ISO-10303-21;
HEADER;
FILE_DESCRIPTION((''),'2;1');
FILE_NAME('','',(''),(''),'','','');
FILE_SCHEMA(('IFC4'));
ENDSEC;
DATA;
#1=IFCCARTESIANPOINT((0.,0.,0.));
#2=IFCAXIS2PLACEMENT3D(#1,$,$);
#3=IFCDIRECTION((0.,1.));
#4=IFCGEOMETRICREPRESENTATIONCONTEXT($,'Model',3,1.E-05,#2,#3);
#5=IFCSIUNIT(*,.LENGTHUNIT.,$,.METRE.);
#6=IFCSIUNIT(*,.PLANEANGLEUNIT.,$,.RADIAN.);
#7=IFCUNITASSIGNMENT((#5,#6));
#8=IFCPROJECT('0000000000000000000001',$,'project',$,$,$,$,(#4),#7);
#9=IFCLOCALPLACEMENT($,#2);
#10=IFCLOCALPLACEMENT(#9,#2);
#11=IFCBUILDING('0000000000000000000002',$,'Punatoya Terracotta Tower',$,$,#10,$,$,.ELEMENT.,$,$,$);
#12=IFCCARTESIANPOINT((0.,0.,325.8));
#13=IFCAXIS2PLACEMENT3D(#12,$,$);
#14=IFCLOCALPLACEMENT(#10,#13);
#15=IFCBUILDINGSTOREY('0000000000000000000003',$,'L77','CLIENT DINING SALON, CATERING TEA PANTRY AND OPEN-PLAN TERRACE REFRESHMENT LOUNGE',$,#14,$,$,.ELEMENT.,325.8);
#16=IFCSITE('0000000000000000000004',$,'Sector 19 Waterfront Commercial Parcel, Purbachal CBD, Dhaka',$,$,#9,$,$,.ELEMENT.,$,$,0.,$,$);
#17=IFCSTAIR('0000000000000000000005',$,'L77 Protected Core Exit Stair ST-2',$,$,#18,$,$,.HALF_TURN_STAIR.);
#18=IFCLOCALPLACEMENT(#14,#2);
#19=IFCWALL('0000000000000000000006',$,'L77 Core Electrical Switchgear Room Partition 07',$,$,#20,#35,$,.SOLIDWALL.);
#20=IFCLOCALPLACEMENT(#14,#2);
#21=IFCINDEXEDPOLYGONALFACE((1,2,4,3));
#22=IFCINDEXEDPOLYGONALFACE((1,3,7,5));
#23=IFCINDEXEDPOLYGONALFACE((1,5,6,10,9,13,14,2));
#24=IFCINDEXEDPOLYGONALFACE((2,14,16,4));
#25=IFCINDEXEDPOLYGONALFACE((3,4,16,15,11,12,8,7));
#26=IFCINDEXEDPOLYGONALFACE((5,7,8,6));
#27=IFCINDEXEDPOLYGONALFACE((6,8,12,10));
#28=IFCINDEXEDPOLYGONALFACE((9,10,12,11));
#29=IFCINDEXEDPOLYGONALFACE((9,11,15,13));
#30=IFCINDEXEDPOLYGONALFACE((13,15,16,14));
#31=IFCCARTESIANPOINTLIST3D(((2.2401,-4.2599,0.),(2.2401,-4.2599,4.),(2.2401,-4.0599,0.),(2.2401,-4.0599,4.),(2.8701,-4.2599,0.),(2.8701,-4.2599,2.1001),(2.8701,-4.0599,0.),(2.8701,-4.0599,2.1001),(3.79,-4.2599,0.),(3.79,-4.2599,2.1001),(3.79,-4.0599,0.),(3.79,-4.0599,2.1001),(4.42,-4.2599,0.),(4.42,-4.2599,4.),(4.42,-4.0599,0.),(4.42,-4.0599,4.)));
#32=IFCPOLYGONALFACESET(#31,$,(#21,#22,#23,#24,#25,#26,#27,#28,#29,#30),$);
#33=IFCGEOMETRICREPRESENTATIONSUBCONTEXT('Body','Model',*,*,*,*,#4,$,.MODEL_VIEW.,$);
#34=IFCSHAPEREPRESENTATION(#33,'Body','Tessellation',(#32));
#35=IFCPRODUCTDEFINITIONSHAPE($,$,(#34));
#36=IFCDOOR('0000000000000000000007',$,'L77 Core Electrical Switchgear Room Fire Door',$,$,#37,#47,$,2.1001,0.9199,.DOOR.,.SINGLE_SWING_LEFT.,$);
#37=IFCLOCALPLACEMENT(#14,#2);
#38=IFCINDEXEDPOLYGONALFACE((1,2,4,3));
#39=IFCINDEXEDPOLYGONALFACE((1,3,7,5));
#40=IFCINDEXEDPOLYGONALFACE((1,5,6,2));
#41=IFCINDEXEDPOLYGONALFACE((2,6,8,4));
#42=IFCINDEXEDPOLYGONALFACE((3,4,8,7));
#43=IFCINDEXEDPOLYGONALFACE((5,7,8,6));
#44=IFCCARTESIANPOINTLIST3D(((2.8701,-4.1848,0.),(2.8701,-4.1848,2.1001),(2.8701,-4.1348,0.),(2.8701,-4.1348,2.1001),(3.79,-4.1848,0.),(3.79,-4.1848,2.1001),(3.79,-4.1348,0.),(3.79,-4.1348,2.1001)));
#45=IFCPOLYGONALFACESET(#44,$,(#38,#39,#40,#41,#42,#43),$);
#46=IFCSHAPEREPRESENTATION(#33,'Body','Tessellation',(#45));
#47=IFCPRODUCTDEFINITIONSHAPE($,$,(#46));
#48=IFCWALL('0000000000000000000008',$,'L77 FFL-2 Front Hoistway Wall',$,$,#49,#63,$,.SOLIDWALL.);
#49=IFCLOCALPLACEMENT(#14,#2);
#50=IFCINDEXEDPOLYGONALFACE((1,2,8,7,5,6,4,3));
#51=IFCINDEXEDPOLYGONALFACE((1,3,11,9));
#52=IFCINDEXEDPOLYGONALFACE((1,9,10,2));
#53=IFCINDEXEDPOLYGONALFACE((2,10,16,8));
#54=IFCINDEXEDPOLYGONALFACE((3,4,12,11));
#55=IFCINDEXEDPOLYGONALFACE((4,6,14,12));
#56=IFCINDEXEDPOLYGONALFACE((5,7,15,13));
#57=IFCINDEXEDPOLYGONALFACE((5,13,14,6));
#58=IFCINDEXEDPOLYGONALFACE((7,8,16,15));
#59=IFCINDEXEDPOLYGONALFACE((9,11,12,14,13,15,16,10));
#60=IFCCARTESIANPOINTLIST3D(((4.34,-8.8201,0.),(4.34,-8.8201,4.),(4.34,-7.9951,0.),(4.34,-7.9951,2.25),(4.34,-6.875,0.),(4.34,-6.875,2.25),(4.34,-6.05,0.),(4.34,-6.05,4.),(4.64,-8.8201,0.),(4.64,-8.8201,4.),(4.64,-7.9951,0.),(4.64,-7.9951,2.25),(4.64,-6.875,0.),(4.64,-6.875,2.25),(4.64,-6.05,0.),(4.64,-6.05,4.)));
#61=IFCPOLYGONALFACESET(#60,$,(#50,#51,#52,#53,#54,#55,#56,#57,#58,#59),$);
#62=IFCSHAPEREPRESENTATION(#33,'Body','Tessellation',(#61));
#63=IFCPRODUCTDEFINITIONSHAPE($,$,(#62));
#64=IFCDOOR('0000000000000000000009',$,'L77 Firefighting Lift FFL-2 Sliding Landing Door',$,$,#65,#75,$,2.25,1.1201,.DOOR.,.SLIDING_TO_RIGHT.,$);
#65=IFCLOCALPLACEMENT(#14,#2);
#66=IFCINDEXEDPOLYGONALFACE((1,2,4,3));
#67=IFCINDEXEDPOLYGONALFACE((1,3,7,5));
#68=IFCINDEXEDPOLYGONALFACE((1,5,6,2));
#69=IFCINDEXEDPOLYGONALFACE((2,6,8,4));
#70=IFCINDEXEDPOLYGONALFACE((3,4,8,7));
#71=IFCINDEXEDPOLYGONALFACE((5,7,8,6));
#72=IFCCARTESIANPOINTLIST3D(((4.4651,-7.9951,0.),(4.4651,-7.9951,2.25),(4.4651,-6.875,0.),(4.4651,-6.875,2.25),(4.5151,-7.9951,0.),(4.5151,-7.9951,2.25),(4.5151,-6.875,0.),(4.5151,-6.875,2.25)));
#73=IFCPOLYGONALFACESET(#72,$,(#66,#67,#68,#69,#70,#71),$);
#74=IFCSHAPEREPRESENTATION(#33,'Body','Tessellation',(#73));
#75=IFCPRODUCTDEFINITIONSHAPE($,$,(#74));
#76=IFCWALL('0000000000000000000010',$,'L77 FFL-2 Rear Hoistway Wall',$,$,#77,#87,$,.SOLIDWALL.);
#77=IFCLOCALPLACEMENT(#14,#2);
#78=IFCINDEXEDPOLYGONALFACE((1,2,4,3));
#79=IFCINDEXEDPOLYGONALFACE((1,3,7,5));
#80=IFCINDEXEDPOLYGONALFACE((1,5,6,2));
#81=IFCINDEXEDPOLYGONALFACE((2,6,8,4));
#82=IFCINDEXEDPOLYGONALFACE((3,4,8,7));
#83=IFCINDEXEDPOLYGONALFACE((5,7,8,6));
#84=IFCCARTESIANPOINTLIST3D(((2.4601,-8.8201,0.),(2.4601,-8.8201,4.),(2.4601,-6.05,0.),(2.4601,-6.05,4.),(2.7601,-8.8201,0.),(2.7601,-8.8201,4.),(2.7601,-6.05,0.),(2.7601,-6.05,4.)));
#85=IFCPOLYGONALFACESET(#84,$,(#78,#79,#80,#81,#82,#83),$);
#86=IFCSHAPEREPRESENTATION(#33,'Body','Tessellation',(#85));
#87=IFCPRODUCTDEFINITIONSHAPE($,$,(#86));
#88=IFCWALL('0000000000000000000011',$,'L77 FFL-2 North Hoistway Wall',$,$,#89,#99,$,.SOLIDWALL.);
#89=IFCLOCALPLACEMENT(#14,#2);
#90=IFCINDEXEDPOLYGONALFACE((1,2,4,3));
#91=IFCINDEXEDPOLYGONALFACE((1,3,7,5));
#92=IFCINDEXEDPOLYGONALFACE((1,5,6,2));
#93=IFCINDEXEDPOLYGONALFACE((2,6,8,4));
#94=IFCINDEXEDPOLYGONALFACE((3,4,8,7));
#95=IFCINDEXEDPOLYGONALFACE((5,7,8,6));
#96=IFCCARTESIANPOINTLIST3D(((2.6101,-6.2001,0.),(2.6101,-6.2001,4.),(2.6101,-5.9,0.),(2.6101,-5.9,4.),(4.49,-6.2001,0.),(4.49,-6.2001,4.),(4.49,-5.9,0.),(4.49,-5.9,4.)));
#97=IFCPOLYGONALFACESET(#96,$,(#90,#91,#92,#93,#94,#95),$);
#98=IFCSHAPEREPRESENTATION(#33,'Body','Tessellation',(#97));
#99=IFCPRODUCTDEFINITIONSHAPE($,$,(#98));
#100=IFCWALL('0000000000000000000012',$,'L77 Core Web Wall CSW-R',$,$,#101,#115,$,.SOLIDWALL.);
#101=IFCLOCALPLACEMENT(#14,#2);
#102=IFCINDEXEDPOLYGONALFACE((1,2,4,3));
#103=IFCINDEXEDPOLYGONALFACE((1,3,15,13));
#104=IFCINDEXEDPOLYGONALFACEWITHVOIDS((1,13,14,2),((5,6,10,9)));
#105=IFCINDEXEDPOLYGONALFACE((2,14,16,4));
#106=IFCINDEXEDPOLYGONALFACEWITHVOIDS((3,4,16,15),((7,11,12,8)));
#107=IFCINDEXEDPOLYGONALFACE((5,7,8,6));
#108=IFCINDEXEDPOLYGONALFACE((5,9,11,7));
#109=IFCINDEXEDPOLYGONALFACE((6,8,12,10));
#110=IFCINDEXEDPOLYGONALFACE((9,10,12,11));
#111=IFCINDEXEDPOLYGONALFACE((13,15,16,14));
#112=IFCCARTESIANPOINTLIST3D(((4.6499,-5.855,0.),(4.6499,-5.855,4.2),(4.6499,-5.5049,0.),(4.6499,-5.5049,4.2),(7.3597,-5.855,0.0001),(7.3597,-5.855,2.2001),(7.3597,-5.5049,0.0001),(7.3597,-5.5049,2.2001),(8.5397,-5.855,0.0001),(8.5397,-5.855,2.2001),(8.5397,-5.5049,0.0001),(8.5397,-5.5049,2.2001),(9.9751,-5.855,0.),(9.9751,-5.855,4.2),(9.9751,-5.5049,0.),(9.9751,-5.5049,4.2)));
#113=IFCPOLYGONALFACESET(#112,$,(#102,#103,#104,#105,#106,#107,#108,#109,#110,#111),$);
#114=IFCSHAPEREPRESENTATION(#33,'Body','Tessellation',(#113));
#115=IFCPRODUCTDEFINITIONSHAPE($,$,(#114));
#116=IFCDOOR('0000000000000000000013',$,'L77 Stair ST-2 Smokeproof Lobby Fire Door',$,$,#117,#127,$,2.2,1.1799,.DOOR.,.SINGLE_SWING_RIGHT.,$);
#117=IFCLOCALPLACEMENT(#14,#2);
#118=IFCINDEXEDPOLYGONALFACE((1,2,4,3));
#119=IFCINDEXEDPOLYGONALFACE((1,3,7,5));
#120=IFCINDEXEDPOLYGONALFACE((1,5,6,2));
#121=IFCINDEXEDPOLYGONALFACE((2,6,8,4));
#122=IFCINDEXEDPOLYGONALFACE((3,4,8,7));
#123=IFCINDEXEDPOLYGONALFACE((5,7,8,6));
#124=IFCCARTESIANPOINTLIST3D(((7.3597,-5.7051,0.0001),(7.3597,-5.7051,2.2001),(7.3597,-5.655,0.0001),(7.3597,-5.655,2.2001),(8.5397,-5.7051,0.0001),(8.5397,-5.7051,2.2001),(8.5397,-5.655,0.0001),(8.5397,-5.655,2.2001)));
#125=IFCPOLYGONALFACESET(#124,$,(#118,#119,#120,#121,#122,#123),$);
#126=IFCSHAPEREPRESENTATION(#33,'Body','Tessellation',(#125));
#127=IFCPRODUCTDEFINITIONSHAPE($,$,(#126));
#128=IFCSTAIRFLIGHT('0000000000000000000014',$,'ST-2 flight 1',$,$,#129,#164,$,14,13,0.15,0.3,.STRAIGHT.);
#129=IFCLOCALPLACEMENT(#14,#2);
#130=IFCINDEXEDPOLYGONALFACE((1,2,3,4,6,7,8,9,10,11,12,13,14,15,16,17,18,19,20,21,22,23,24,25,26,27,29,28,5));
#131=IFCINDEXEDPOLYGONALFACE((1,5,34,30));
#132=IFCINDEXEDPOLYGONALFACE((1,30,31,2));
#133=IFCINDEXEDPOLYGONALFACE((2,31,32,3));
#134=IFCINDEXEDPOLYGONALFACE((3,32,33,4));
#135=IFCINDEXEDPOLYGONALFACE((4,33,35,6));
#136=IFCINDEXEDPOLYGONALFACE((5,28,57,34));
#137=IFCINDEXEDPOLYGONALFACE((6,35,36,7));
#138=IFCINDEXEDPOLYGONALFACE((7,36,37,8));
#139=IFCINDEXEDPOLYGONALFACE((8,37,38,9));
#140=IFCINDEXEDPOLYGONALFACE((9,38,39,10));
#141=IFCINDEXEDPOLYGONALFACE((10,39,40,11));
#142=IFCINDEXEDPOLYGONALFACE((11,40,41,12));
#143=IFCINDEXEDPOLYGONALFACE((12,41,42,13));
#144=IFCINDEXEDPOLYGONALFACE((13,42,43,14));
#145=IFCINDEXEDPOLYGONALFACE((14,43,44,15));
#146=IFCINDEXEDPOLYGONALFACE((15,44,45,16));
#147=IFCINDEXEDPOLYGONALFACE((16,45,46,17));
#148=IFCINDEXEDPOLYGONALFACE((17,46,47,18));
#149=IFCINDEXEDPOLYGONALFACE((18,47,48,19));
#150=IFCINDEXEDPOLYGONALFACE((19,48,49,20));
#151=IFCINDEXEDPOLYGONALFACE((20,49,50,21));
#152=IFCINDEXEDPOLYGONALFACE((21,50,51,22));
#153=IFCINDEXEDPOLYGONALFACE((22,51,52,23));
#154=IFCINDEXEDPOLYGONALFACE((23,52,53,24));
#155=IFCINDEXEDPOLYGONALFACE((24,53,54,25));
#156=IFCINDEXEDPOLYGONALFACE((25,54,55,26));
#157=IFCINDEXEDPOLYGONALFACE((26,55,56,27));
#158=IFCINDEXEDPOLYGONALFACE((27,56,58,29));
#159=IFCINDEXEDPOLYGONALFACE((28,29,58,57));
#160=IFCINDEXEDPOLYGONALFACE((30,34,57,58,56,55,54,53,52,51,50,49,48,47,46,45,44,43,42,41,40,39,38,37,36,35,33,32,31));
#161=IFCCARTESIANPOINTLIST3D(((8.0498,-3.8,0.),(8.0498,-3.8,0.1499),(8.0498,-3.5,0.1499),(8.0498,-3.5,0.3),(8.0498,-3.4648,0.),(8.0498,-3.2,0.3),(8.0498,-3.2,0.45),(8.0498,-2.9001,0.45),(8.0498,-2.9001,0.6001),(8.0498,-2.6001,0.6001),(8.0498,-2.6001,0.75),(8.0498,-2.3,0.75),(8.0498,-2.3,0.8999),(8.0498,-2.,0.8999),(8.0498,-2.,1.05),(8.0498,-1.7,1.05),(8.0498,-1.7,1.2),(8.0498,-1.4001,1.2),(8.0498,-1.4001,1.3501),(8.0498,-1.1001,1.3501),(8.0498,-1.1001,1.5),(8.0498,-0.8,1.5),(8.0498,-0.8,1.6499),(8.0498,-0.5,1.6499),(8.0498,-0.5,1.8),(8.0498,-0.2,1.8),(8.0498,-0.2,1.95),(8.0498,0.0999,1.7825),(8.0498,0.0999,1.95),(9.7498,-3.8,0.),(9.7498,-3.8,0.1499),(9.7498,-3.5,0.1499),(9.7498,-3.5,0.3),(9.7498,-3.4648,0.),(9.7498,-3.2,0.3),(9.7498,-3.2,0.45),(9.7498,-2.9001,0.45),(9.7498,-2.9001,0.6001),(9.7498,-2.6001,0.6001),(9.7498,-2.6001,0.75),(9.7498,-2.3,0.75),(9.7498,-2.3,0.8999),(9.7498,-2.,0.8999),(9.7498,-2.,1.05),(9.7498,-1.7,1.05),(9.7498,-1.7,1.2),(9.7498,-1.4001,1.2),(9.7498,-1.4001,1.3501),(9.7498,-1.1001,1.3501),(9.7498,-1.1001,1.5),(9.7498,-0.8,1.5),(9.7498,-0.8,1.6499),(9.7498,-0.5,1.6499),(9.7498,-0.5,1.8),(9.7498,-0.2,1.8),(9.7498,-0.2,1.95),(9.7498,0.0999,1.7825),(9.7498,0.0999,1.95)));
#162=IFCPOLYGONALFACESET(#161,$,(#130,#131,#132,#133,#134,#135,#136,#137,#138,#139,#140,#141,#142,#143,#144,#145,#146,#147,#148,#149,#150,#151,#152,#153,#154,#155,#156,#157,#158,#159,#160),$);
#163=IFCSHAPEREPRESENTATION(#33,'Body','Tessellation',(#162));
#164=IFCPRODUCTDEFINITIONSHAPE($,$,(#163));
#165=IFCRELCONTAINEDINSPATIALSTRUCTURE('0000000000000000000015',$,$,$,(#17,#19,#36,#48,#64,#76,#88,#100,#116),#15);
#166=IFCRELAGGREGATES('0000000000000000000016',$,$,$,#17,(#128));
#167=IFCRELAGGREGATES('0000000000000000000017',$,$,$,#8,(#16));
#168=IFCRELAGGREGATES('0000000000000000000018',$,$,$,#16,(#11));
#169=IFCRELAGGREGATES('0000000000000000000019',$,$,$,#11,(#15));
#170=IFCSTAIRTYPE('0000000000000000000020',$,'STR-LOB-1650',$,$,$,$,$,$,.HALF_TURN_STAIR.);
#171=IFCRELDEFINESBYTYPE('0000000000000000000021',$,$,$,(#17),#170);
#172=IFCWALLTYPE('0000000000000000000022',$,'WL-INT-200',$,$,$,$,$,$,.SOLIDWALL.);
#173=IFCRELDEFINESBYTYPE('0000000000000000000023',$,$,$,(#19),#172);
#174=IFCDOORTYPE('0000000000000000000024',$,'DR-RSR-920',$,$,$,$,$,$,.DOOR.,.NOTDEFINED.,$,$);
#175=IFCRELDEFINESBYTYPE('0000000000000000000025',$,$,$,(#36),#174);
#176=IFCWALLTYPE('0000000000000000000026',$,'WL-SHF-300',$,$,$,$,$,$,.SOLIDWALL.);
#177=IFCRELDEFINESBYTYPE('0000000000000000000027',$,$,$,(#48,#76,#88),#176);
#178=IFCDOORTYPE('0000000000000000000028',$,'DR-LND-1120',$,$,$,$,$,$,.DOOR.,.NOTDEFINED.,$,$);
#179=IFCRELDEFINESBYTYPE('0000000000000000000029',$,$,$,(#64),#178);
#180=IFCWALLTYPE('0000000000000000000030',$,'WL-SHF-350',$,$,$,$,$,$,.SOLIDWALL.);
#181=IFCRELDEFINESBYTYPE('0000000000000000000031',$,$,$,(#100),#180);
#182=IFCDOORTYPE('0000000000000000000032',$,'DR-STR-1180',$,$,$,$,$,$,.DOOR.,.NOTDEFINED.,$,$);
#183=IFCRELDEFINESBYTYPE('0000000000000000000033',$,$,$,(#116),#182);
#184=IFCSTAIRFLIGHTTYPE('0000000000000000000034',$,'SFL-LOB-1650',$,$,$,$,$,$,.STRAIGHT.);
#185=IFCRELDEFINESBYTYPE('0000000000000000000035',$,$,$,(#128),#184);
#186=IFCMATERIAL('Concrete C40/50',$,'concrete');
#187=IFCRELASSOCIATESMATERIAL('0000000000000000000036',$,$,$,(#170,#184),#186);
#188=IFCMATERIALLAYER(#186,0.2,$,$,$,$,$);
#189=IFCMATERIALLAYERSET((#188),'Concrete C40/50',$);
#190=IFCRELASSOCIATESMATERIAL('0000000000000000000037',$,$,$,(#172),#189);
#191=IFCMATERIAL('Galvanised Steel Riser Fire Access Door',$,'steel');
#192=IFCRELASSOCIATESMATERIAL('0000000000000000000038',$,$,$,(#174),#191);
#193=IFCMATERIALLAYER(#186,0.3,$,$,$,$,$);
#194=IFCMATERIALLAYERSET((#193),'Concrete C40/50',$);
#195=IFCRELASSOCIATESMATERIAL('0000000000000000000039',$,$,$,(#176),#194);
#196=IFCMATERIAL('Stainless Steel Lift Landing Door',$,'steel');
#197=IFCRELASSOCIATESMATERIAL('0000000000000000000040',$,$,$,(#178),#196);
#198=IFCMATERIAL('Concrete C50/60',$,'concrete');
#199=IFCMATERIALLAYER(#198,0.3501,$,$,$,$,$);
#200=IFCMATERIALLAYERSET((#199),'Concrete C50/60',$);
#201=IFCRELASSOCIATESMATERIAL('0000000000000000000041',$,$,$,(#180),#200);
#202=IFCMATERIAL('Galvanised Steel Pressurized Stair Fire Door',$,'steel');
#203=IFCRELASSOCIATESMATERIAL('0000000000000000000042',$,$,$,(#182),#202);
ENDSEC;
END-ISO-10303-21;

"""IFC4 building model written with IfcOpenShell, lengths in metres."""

from ifc_helpers import new_model, si_unit, direction, frame, frame_2d, origin, place, context, subcontext, project, spatial, polyline, rectangle, outline, extrude, material, layer, layer_set, type_object, element, fill, aggregate, save


model = new_model("IFC4")

# Units and contexts
model_context = context("Model", 3, precision=1e-05, world=origin(), true_north=direction((0.0, 1.0)))
body_context = subcontext(model_context, "Body", "Model", "MODEL_VIEW")
ifc_project = project(units=[si_unit("LENGTHUNIT", "METRE"), si_unit("PLANEANGLEUNIT", "RADIAN")], contexts=[model_context])

# Site, building, storey
site_placement = place(None, origin())
site = spatial("IfcSite", under=ifc_project, at=site_placement, Name="Sector 19 Waterfront Commercial Parcel, Purbachal CBD, Dhaka", CompositionType="ELEMENT", RefElevation=0.0)
building_placement = place(site_placement, origin())
building = spatial("IfcBuilding", under=site, at=building_placement, Name="Punatoya Terracotta Tower", CompositionType="ELEMENT")
storey_placement = place(building_placement, frame((0.0, 0.0, 325.8)))
storey = spatial("IfcBuildingStorey", under=building, at=storey_placement, Name="L77", Description="CLIENT DINING SALON, CATERING TEA PANTRY AND OPEN-PLAN TERRACE REFRESHMENT LOUNGE", CompositionType="ELEMENT", Elevation=325.8)

# Stair
ifc_material_1 = material(Name="Concrete C40/50", Category="concrete")
stair_type_1 = type_object("IfcStairType", Name="STR-LOB-1650", PredefinedType="HALF_TURN_STAIR", material=ifc_material_1)
stair_1_placement = place(storey_placement, origin())
stair_1 = element("IfcStair", 1, at=stair_1_placement, inside=storey, type_object=stair_type_1, Name="L77 Protected Core Exit Stair ST-2", PredefinedType="HALF_TURN_STAIR")

# Shared definitions
ifc_layer_1 = layer(ifc_material_1, 0.2)
ifc_layer_set_1 = layer_set([ifc_layer_1], Name="Concrete C40/50")
wall_type_1 = type_object("IfcWallType", Name="WL-INT-200", PredefinedType="SOLIDWALL", material=ifc_layer_set_1)

# Walls, openings, doors
wall_1_placement = place(storey_placement, frame((4.4199, -4.1599, 0.0), z_axis=(0.0, 0.0, 1.0), x_axis=(-1.0, 0.0, 0.0)))
wall_1 = element("IfcWall", 2, at=wall_1_placement, inside=storey, type_object=wall_type_1, Name="L77 Core Electrical Switchgear Room Partition 07", PredefinedType="SOLIDWALL", context=body_context, shape_type="SweptSolid", body=[
    extrude(rectangle(XDim=2.1799, YDim=0.2, at=frame_2d((1.0898, 0.0))), origin(), (0.0, 0.0, 1.0), 4.0),
])
opening_1_placement = place(wall_1_placement, frame((0.6299, 0.0, 0.0)))
opening_1 = element("IfcOpeningElement", 3, at=opening_1_placement, cuts=wall_1, PredefinedType="OPENING", context=body_context, shape_type="SweptSolid", body=[
    extrude(rectangle(XDim=0.9199, YDim=2.1001, at=frame_2d((0.46, 1.05))), frame((0.0, 0.1099, 0.0), z_axis=(0.0, -1.0, 0.0), x_axis=(1.0, 0.0, 0.0)), (0.0, 0.0, 1.0), 0.22),
])
ifc_material_2 = material(Name="Galvanised Steel Riser Fire Access Door", Category="steel")
door_type_1 = type_object("IfcDoorType", Name="DR-RSR-920", OperationType="NOTDEFINED", PredefinedType="DOOR", material=ifc_material_2)
door_1_placement = place(opening_1_placement, origin())
door_1 = element("IfcDoor", 4, at=door_1_placement, inside=storey, type_object=door_type_1, Name="L77 Core Electrical Switchgear Room Fire Door", OperationType="SINGLE_SWING_LEFT", OverallHeight=2.1001, OverallWidth=0.9199, PredefinedType="DOOR", context=body_context, shape_type="SweptSolid", body=[
    extrude(rectangle(XDim=0.9199, YDim=2.1001, at=frame_2d((0.46, 1.05))), frame((0.0, 0.0249, 0.0), z_axis=(0.0, -1.0, 0.0), x_axis=(1.0, 0.0, 0.0)), (0.0, 0.0, 1.0), 0.05),
])
fill(opening_1, door_1)
ifc_layer_2 = layer(ifc_material_1, 0.3)
ifc_layer_set_2 = layer_set([ifc_layer_2], Name="Concrete C40/50")
wall_type_2 = type_object("IfcWallType", Name="WL-SHF-300", PredefinedType="SOLIDWALL", material=ifc_layer_set_2)
wall_2_placement = place(storey_placement, frame((4.49, -8.8201, 0.0), z_axis=(0.0, 0.0, 1.0), x_axis=(0.0, 1.0, 0.0)))
wall_2 = element("IfcWall", 5, at=wall_2_placement, inside=storey, type_object=wall_type_2, Name="L77 FFL-2 Front Hoistway Wall", PredefinedType="SOLIDWALL", context=body_context, shape_type="SweptSolid", body=[
    extrude(rectangle(XDim=2.77, YDim=0.3, at=frame_2d((1.385, 0.0))), origin(), (0.0, 0.0, 1.0), 4.0),
])
opening_2_placement = place(wall_2_placement, frame((0.825, 0.0, 0.0)))
opening_2 = element("IfcOpeningElement", 6, at=opening_2_placement, cuts=wall_2, PredefinedType="OPENING", context=body_context, shape_type="SweptSolid", body=[
    extrude(rectangle(XDim=1.1201, YDim=2.25, at=frame_2d((0.5601, 1.125))), frame((0.0, 0.1599, 0.0), z_axis=(0.0, -1.0, 0.0), x_axis=(1.0, 0.0, 0.0)), (0.0, 0.0, 1.0), 0.3201),
])
ifc_material_3 = material(Name="Stainless Steel Lift Landing Door", Category="steel")
door_type_2 = type_object("IfcDoorType", Name="DR-LND-1120", OperationType="NOTDEFINED", PredefinedType="DOOR", material=ifc_material_3)
door_2_placement = place(opening_2_placement, origin())
door_2 = element("IfcDoor", 7, at=door_2_placement, inside=storey, type_object=door_type_2, Name="L77 Firefighting Lift FFL-2 Sliding Landing Door", OperationType="SLIDING_TO_RIGHT", OverallHeight=2.25, OverallWidth=1.1201, PredefinedType="DOOR", context=body_context, shape_type="SweptSolid", body=[
    extrude(rectangle(XDim=1.1201, YDim=2.25, at=frame_2d((0.5601, 1.125))), frame((0.0, 0.0249, 0.0), z_axis=(0.0, -1.0, 0.0), x_axis=(1.0, 0.0, 0.0)), (0.0, 0.0, 1.0), 0.05),
])
fill(opening_2, door_2)

# Walls
wall_3_placement = place(storey_placement, frame((2.6101, -8.8201, 0.0), z_axis=(0.0, 0.0, 1.0), x_axis=(0.0, 1.0, 0.0)))
element("IfcWall", 8, at=wall_3_placement, inside=storey, type_object=wall_type_2, Name="L77 FFL-2 Rear Hoistway Wall", PredefinedType="SOLIDWALL", context=body_context, shape_type="SweptSolid", body=[
    extrude(rectangle(XDim=2.77, YDim=0.3, at=frame_2d((1.385, 0.0))), origin(), (0.0, 0.0, 1.0), 4.0),
])
wall_4_placement = place(storey_placement, frame((2.6101, -6.05, 0.0), z_axis=(0.0, 0.0, 1.0), x_axis=(1.0, 0.0, 0.0)))
element("IfcWall", 9, at=wall_4_placement, inside=storey, type_object=wall_type_2, Name="L77 FFL-2 North Hoistway Wall", PredefinedType="SOLIDWALL", context=body_context, shape_type="SweptSolid", body=[
    extrude(rectangle(XDim=1.8799, YDim=0.3, at=frame_2d((0.9399, 0.0))), origin(), (0.0, 0.0, 1.0), 4.0),
])

# Wall, opening, door
ifc_material_4 = material(Name="Concrete C50/60", Category="concrete")
ifc_layer_3 = layer(ifc_material_4, 0.3501)
ifc_layer_set_3 = layer_set([ifc_layer_3], Name="Concrete C50/60")
wall_type_3 = type_object("IfcWallType", Name="WL-SHF-350", PredefinedType="SOLIDWALL", material=ifc_layer_set_3)
wall_5_placement = place(storey_placement, frame((4.6499, -5.6799, 0.0), z_axis=(0.0, 0.0, 1.0), x_axis=(1.0, 0.0, 0.0)))
wall_5 = element("IfcWall", 10, at=wall_5_placement, inside=storey, type_object=wall_type_3, Name="L77 Core Web Wall CSW-R", PredefinedType="SOLIDWALL", context=body_context, shape_type="SweptSolid", body=[
    extrude(rectangle(XDim=5.3252, YDim=0.3501, at=frame_2d((2.6626, 0.0))), origin(), (0.0, 0.0, 1.0), 4.2),
])
opening_3_placement = place(wall_5_placement, frame((2.71, 0.0, 0.0)))
opening_3 = element("IfcOpeningElement", 11, at=opening_3_placement, cuts=wall_5, PredefinedType="OPENING", context=body_context, shape_type="SweptSolid", body=[
    extrude(rectangle(XDim=1.1799, YDim=2.2, at=frame_2d((0.5898, 1.1001))), frame((0.0, 0.1851, 0.0), z_axis=(0.0, -1.0, 0.0), x_axis=(1.0, 0.0, 0.0)), (0.0, 0.0, 1.0), 0.3701),
])
ifc_material_5 = material(Name="Galvanised Steel Pressurized Stair Fire Door", Category="steel")
door_type_3 = type_object("IfcDoorType", Name="DR-STR-1180", OperationType="NOTDEFINED", PredefinedType="DOOR", material=ifc_material_5)
door_3_placement = place(opening_3_placement, origin())
door_3 = element("IfcDoor", 12, at=door_3_placement, inside=storey, type_object=door_type_3, Name="L77 Stair ST-2 Smokeproof Lobby Fire Door", OperationType="SINGLE_SWING_RIGHT", OverallHeight=2.2, OverallWidth=1.1799, PredefinedType="DOOR", context=body_context, shape_type="SweptSolid", body=[
    extrude(rectangle(XDim=1.1799, YDim=2.2, at=frame_2d((0.5898, 1.1001))), frame((0.0, 0.0249, 0.0), z_axis=(0.0, -1.0, 0.0), x_axis=(1.0, 0.0, 0.0)), (0.0, 0.0, 1.0), 0.05),
])
fill(opening_3, door_3)

# Stair flight
stair_flight_type = type_object("IfcStairFlightType", Name="SFL-LOB-1650", PredefinedType="STRAIGHT", material=ifc_material_1)
stair_flight_placement = place(storey_placement, frame((8.8999, -3.8, 0.0), z_axis=(0.0, 0.0, 1.0), x_axis=(0.0, 1.0, 0.0)))
stair_flight = element("IfcStairFlight", 13, at=stair_flight_placement, type_object=stair_flight_type, Name="ST-2 flight 1", NumberOfRisers=14, NumberOfTreads=13, PredefinedType="STRAIGHT", RiserHeight=0.15, TreadLength=0.3, context=body_context, shape_type="SweptSolid", body=[
    extrude(outline(polyline([(0.0, 0.0), (0.0, 0.1499), (0.3, 0.1499), (0.3, 0.3), (0.6001, 0.3), (0.6001, 0.45), (0.8999, 0.45), (0.8999, 0.6001), (1.2, 0.6001), (1.2, 0.75), (1.5, 0.75), (1.5, 0.8999), (1.8, 0.8999), (1.8, 1.05), (2.1001, 1.05), (2.1001, 1.2), (2.3999, 1.2), (2.3999, 1.3501), (2.7, 1.3501), (2.7, 1.5), (3.0, 1.5), (3.0, 1.6499), (3.3, 1.6499), (3.3, 1.8), (3.6001, 1.8), (3.6001, 1.95), (3.8999, 1.95), (3.8999, 2.1001), (3.8999, 1.7825), (0.3352, 0.0), (0.0, 0.0)])), frame((0.0, 0.8501, 0.0), z_axis=(0.0, -1.0, 0.0), x_axis=(1.0, 0.0, 0.0)), (0.0, 0.0, 1.0), 1.7),
])
aggregate(stair_1, [stair_flight])

save(model, "model.ifc")
